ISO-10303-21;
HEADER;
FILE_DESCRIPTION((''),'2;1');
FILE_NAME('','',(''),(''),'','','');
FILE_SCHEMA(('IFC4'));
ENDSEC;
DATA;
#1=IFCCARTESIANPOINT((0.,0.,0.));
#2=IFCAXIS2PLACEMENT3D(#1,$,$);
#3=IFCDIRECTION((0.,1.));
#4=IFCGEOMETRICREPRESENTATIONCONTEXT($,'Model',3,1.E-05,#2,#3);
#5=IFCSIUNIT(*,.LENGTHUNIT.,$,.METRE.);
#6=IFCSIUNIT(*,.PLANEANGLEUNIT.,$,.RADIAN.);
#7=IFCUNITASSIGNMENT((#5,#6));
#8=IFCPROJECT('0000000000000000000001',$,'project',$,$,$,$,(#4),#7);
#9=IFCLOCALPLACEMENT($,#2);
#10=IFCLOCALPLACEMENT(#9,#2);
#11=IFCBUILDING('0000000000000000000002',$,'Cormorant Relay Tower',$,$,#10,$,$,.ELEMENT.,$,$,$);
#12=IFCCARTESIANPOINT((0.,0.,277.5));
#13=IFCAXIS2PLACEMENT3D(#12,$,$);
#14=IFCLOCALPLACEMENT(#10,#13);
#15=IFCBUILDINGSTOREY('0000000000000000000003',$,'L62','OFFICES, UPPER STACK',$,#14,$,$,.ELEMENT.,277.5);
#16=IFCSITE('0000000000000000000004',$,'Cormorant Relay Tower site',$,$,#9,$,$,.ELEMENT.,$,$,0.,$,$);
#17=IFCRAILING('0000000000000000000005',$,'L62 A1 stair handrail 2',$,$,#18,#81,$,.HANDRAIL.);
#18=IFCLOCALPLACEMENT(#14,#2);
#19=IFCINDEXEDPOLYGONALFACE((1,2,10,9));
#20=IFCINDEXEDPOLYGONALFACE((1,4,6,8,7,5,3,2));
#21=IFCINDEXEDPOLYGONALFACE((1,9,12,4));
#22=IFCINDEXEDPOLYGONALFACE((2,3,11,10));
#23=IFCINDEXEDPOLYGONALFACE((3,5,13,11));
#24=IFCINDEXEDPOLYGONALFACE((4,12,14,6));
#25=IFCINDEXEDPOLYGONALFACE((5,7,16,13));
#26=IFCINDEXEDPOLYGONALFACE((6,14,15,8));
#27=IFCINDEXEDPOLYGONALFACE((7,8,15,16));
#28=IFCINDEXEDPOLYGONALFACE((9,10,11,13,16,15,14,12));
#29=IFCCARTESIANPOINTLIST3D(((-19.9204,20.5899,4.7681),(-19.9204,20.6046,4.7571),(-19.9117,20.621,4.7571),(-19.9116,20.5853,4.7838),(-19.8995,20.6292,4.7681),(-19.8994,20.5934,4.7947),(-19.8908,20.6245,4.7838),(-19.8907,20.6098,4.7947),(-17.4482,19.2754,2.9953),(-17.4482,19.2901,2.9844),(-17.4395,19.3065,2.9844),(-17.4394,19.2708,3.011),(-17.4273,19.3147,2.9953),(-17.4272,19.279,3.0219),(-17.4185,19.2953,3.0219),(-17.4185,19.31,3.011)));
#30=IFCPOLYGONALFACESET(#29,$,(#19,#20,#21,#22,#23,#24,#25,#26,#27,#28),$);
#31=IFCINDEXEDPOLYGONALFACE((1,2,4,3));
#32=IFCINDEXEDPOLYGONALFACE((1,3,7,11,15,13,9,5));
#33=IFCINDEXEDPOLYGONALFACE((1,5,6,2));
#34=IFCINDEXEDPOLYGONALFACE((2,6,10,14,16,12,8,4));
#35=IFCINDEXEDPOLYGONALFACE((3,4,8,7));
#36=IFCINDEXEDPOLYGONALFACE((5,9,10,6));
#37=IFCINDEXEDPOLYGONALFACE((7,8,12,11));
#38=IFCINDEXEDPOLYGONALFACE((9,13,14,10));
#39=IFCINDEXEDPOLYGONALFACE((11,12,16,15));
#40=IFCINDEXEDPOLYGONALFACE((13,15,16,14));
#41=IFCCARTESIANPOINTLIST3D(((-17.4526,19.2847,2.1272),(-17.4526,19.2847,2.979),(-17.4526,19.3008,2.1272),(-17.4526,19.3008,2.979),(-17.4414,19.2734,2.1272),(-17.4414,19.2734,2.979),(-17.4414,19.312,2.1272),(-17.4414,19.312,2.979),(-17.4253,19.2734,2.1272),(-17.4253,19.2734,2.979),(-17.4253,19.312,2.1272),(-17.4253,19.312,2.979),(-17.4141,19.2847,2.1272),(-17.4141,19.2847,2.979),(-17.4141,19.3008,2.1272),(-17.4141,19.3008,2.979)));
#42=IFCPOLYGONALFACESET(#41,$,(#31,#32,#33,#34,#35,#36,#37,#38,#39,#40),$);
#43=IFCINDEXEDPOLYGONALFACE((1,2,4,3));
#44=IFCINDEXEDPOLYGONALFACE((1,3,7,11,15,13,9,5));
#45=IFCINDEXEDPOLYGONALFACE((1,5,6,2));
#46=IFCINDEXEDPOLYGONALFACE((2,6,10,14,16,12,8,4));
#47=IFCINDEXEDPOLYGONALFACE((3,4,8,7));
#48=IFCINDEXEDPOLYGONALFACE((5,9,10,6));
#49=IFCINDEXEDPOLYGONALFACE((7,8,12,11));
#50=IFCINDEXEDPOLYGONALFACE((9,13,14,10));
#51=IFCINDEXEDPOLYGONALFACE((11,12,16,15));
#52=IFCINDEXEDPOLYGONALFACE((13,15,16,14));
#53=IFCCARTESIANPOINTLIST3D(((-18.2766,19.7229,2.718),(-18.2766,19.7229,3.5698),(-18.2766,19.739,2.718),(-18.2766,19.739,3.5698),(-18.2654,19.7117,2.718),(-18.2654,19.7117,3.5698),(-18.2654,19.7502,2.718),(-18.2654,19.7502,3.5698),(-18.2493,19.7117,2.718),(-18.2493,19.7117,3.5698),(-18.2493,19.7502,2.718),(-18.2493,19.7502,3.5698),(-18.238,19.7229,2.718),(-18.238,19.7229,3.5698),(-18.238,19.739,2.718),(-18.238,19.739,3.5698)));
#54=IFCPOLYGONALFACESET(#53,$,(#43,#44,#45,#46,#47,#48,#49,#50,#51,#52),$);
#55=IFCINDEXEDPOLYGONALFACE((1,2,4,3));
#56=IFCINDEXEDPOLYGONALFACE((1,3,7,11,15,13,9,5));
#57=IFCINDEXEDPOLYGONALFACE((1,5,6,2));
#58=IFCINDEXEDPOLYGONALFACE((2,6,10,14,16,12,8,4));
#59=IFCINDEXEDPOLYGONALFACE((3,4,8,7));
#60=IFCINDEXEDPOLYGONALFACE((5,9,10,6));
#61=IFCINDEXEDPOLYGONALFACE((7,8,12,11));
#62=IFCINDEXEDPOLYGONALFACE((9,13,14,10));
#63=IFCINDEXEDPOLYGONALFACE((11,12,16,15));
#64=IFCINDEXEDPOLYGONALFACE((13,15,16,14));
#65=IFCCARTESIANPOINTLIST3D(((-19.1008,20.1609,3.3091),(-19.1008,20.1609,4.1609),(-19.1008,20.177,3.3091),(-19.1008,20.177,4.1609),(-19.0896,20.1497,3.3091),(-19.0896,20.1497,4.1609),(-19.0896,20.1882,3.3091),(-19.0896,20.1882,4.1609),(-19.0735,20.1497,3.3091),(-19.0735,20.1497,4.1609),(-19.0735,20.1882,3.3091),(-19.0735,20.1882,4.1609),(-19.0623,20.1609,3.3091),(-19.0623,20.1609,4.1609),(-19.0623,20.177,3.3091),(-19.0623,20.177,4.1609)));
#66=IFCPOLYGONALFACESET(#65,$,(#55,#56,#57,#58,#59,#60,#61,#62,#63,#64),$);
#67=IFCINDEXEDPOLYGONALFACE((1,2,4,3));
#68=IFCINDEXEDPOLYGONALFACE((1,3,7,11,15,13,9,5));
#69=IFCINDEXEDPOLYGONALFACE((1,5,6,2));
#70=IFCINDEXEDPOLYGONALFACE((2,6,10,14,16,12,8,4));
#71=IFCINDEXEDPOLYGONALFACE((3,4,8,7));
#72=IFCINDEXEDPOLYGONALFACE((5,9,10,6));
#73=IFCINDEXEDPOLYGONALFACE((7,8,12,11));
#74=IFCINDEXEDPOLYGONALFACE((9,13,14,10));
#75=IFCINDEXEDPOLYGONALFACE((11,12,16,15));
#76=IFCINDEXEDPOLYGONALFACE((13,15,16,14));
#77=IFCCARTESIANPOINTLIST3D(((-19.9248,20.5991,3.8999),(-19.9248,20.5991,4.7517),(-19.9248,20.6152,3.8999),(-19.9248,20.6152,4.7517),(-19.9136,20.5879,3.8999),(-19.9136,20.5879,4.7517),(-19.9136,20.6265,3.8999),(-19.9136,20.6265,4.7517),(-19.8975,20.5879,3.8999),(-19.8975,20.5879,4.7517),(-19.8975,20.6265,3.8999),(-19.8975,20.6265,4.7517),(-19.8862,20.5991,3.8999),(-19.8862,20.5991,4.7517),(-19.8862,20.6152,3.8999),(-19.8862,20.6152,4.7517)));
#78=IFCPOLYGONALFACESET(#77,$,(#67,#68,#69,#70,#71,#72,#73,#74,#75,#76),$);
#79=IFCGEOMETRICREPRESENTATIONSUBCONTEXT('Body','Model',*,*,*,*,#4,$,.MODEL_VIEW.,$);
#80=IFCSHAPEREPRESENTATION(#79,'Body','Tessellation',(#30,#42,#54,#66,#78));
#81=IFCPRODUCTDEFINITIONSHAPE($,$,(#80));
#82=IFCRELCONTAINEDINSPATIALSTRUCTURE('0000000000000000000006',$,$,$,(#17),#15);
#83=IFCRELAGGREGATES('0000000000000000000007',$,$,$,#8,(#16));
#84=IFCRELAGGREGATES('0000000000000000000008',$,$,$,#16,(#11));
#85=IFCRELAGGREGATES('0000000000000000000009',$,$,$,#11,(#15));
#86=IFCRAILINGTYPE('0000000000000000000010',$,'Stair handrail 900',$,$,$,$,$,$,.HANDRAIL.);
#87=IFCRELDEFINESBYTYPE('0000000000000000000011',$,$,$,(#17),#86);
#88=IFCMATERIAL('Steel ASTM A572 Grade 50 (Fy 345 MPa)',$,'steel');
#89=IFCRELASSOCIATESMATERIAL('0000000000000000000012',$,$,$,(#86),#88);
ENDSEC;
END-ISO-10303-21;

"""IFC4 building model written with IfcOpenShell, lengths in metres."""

from ifc_helpers import new_model, si_unit, direction, frame, origin, place, context, subcontext, project, spatial, polyline, outline, extrude, material, type_object, element, save


model = new_model("IFC4")

# Units and contexts
model_context = context("Model", 3, precision=1e-05, world=origin(), true_north=direction((0.0, 1.0)))
body_context = subcontext(model_context, "Body", "Model", "MODEL_VIEW")
ifc_project = project(units=[si_unit("LENGTHUNIT", "METRE"), si_unit("PLANEANGLEUNIT", "RADIAN")], contexts=[model_context])

# Site, building, storey
site_placement = place(None, origin())
site = spatial("IfcSite", under=ifc_project, at=site_placement, Name="Cormorant Relay Tower site", CompositionType="ELEMENT", RefElevation=0.0)
building_placement = place(site_placement, origin())
building = spatial("IfcBuilding", under=site, at=building_placement, Name="Cormorant Relay Tower", CompositionType="ELEMENT")
storey_placement = place(building_placement, frame((0.0, 0.0, 277.5)))
storey = spatial("IfcBuildingStorey", under=building, at=storey_placement, Name="L62", Description="OFFICES, UPPER STACK", CompositionType="ELEMENT", Elevation=277.5)

# Railing
ifc_material_1 = material(Name="Steel ASTM A572 Grade 50 (Fy 345 MPa)", Category="steel")
railing_type_1 = type_object("IfcRailingType", Name="Stair handrail 900", PredefinedType="HANDRAIL", material=ifc_material_1)
railing_1_placement = place(storey_placement, frame((-17.4333, 19.2927, 2.1272)))
element("IfcRailing", 1, at=railing_1_placement, inside=storey, type_object=railing_type_1, Name="L62 A1 stair handrail 2", PredefinedType="HANDRAIL", context=body_context, shape_type="SweptSolid", body=[
    extrude(outline(polyline([(0.0222, 0.0093), (0.0093, 0.0222), (-0.0093, 0.0222), (-0.0222, 0.0093), (-0.0222, -0.0093), (-0.0093, -0.0222), (0.0093, -0.0222), (0.0222, -0.0093), (0.0222, 0.0093)])), frame((0.0, 0.0, 0.876), z_axis=(-0.746001, 0.396649, 0.534931), x_axis=(-0.469465, -0.882951, 0.0)), (0.0, 0.0, 1.0), 3.314),
    extrude(outline(polyline([(0.0193, 0.0081), (0.0081, 0.0193), (-0.0081, 0.0193), (-0.0193, 0.0081), (-0.0193, -0.0081), (-0.0081, -0.0193), (0.0081, -0.0193), (0.0193, -0.0081), (0.0193, 0.0081)])), origin(), (0.0, 0.0, 1.0), 0.8518),
    extrude(outline(polyline([(0.0193, 0.0081), (0.0081, 0.0193), (-0.0081, 0.0193), (-0.0193, 0.0081), (-0.0193, -0.0081), (-0.0081, -0.0193), (0.0081, -0.0193), (0.0193, -0.0081), (0.0193, 0.0081)])), frame((-0.824, 0.4382, 0.5908)), (0.0, 0.0, 1.0), 0.8518),
    extrude(outline(polyline([(0.0193, 0.0081), (0.0081, 0.0193), (-0.0081, 0.0193), (-0.0193, 0.0081), (-0.0193, -0.0081), (-0.0081, -0.0193), (0.0081, -0.0193), (0.0193, -0.0081), (0.0193, 0.0081)])), frame((-1.6482, 0.8762, 1.1819)), (0.0, 0.0, 1.0), 0.8518),
    extrude(outline(polyline([(0.0193, 0.0081), (0.0081, 0.0193), (-0.0081, 0.0193), (-0.0193, 0.0081), (-0.0193, -0.0081), (-0.0081, -0.0193), (0.0081, -0.0193), (0.0193, -0.0081), (0.0193, 0.0081)])), frame((-2.4722, 1.3145, 1.7727)), (0.0, 0.0, 1.0), 0.8518),
])

save(model, "model.ifc")
